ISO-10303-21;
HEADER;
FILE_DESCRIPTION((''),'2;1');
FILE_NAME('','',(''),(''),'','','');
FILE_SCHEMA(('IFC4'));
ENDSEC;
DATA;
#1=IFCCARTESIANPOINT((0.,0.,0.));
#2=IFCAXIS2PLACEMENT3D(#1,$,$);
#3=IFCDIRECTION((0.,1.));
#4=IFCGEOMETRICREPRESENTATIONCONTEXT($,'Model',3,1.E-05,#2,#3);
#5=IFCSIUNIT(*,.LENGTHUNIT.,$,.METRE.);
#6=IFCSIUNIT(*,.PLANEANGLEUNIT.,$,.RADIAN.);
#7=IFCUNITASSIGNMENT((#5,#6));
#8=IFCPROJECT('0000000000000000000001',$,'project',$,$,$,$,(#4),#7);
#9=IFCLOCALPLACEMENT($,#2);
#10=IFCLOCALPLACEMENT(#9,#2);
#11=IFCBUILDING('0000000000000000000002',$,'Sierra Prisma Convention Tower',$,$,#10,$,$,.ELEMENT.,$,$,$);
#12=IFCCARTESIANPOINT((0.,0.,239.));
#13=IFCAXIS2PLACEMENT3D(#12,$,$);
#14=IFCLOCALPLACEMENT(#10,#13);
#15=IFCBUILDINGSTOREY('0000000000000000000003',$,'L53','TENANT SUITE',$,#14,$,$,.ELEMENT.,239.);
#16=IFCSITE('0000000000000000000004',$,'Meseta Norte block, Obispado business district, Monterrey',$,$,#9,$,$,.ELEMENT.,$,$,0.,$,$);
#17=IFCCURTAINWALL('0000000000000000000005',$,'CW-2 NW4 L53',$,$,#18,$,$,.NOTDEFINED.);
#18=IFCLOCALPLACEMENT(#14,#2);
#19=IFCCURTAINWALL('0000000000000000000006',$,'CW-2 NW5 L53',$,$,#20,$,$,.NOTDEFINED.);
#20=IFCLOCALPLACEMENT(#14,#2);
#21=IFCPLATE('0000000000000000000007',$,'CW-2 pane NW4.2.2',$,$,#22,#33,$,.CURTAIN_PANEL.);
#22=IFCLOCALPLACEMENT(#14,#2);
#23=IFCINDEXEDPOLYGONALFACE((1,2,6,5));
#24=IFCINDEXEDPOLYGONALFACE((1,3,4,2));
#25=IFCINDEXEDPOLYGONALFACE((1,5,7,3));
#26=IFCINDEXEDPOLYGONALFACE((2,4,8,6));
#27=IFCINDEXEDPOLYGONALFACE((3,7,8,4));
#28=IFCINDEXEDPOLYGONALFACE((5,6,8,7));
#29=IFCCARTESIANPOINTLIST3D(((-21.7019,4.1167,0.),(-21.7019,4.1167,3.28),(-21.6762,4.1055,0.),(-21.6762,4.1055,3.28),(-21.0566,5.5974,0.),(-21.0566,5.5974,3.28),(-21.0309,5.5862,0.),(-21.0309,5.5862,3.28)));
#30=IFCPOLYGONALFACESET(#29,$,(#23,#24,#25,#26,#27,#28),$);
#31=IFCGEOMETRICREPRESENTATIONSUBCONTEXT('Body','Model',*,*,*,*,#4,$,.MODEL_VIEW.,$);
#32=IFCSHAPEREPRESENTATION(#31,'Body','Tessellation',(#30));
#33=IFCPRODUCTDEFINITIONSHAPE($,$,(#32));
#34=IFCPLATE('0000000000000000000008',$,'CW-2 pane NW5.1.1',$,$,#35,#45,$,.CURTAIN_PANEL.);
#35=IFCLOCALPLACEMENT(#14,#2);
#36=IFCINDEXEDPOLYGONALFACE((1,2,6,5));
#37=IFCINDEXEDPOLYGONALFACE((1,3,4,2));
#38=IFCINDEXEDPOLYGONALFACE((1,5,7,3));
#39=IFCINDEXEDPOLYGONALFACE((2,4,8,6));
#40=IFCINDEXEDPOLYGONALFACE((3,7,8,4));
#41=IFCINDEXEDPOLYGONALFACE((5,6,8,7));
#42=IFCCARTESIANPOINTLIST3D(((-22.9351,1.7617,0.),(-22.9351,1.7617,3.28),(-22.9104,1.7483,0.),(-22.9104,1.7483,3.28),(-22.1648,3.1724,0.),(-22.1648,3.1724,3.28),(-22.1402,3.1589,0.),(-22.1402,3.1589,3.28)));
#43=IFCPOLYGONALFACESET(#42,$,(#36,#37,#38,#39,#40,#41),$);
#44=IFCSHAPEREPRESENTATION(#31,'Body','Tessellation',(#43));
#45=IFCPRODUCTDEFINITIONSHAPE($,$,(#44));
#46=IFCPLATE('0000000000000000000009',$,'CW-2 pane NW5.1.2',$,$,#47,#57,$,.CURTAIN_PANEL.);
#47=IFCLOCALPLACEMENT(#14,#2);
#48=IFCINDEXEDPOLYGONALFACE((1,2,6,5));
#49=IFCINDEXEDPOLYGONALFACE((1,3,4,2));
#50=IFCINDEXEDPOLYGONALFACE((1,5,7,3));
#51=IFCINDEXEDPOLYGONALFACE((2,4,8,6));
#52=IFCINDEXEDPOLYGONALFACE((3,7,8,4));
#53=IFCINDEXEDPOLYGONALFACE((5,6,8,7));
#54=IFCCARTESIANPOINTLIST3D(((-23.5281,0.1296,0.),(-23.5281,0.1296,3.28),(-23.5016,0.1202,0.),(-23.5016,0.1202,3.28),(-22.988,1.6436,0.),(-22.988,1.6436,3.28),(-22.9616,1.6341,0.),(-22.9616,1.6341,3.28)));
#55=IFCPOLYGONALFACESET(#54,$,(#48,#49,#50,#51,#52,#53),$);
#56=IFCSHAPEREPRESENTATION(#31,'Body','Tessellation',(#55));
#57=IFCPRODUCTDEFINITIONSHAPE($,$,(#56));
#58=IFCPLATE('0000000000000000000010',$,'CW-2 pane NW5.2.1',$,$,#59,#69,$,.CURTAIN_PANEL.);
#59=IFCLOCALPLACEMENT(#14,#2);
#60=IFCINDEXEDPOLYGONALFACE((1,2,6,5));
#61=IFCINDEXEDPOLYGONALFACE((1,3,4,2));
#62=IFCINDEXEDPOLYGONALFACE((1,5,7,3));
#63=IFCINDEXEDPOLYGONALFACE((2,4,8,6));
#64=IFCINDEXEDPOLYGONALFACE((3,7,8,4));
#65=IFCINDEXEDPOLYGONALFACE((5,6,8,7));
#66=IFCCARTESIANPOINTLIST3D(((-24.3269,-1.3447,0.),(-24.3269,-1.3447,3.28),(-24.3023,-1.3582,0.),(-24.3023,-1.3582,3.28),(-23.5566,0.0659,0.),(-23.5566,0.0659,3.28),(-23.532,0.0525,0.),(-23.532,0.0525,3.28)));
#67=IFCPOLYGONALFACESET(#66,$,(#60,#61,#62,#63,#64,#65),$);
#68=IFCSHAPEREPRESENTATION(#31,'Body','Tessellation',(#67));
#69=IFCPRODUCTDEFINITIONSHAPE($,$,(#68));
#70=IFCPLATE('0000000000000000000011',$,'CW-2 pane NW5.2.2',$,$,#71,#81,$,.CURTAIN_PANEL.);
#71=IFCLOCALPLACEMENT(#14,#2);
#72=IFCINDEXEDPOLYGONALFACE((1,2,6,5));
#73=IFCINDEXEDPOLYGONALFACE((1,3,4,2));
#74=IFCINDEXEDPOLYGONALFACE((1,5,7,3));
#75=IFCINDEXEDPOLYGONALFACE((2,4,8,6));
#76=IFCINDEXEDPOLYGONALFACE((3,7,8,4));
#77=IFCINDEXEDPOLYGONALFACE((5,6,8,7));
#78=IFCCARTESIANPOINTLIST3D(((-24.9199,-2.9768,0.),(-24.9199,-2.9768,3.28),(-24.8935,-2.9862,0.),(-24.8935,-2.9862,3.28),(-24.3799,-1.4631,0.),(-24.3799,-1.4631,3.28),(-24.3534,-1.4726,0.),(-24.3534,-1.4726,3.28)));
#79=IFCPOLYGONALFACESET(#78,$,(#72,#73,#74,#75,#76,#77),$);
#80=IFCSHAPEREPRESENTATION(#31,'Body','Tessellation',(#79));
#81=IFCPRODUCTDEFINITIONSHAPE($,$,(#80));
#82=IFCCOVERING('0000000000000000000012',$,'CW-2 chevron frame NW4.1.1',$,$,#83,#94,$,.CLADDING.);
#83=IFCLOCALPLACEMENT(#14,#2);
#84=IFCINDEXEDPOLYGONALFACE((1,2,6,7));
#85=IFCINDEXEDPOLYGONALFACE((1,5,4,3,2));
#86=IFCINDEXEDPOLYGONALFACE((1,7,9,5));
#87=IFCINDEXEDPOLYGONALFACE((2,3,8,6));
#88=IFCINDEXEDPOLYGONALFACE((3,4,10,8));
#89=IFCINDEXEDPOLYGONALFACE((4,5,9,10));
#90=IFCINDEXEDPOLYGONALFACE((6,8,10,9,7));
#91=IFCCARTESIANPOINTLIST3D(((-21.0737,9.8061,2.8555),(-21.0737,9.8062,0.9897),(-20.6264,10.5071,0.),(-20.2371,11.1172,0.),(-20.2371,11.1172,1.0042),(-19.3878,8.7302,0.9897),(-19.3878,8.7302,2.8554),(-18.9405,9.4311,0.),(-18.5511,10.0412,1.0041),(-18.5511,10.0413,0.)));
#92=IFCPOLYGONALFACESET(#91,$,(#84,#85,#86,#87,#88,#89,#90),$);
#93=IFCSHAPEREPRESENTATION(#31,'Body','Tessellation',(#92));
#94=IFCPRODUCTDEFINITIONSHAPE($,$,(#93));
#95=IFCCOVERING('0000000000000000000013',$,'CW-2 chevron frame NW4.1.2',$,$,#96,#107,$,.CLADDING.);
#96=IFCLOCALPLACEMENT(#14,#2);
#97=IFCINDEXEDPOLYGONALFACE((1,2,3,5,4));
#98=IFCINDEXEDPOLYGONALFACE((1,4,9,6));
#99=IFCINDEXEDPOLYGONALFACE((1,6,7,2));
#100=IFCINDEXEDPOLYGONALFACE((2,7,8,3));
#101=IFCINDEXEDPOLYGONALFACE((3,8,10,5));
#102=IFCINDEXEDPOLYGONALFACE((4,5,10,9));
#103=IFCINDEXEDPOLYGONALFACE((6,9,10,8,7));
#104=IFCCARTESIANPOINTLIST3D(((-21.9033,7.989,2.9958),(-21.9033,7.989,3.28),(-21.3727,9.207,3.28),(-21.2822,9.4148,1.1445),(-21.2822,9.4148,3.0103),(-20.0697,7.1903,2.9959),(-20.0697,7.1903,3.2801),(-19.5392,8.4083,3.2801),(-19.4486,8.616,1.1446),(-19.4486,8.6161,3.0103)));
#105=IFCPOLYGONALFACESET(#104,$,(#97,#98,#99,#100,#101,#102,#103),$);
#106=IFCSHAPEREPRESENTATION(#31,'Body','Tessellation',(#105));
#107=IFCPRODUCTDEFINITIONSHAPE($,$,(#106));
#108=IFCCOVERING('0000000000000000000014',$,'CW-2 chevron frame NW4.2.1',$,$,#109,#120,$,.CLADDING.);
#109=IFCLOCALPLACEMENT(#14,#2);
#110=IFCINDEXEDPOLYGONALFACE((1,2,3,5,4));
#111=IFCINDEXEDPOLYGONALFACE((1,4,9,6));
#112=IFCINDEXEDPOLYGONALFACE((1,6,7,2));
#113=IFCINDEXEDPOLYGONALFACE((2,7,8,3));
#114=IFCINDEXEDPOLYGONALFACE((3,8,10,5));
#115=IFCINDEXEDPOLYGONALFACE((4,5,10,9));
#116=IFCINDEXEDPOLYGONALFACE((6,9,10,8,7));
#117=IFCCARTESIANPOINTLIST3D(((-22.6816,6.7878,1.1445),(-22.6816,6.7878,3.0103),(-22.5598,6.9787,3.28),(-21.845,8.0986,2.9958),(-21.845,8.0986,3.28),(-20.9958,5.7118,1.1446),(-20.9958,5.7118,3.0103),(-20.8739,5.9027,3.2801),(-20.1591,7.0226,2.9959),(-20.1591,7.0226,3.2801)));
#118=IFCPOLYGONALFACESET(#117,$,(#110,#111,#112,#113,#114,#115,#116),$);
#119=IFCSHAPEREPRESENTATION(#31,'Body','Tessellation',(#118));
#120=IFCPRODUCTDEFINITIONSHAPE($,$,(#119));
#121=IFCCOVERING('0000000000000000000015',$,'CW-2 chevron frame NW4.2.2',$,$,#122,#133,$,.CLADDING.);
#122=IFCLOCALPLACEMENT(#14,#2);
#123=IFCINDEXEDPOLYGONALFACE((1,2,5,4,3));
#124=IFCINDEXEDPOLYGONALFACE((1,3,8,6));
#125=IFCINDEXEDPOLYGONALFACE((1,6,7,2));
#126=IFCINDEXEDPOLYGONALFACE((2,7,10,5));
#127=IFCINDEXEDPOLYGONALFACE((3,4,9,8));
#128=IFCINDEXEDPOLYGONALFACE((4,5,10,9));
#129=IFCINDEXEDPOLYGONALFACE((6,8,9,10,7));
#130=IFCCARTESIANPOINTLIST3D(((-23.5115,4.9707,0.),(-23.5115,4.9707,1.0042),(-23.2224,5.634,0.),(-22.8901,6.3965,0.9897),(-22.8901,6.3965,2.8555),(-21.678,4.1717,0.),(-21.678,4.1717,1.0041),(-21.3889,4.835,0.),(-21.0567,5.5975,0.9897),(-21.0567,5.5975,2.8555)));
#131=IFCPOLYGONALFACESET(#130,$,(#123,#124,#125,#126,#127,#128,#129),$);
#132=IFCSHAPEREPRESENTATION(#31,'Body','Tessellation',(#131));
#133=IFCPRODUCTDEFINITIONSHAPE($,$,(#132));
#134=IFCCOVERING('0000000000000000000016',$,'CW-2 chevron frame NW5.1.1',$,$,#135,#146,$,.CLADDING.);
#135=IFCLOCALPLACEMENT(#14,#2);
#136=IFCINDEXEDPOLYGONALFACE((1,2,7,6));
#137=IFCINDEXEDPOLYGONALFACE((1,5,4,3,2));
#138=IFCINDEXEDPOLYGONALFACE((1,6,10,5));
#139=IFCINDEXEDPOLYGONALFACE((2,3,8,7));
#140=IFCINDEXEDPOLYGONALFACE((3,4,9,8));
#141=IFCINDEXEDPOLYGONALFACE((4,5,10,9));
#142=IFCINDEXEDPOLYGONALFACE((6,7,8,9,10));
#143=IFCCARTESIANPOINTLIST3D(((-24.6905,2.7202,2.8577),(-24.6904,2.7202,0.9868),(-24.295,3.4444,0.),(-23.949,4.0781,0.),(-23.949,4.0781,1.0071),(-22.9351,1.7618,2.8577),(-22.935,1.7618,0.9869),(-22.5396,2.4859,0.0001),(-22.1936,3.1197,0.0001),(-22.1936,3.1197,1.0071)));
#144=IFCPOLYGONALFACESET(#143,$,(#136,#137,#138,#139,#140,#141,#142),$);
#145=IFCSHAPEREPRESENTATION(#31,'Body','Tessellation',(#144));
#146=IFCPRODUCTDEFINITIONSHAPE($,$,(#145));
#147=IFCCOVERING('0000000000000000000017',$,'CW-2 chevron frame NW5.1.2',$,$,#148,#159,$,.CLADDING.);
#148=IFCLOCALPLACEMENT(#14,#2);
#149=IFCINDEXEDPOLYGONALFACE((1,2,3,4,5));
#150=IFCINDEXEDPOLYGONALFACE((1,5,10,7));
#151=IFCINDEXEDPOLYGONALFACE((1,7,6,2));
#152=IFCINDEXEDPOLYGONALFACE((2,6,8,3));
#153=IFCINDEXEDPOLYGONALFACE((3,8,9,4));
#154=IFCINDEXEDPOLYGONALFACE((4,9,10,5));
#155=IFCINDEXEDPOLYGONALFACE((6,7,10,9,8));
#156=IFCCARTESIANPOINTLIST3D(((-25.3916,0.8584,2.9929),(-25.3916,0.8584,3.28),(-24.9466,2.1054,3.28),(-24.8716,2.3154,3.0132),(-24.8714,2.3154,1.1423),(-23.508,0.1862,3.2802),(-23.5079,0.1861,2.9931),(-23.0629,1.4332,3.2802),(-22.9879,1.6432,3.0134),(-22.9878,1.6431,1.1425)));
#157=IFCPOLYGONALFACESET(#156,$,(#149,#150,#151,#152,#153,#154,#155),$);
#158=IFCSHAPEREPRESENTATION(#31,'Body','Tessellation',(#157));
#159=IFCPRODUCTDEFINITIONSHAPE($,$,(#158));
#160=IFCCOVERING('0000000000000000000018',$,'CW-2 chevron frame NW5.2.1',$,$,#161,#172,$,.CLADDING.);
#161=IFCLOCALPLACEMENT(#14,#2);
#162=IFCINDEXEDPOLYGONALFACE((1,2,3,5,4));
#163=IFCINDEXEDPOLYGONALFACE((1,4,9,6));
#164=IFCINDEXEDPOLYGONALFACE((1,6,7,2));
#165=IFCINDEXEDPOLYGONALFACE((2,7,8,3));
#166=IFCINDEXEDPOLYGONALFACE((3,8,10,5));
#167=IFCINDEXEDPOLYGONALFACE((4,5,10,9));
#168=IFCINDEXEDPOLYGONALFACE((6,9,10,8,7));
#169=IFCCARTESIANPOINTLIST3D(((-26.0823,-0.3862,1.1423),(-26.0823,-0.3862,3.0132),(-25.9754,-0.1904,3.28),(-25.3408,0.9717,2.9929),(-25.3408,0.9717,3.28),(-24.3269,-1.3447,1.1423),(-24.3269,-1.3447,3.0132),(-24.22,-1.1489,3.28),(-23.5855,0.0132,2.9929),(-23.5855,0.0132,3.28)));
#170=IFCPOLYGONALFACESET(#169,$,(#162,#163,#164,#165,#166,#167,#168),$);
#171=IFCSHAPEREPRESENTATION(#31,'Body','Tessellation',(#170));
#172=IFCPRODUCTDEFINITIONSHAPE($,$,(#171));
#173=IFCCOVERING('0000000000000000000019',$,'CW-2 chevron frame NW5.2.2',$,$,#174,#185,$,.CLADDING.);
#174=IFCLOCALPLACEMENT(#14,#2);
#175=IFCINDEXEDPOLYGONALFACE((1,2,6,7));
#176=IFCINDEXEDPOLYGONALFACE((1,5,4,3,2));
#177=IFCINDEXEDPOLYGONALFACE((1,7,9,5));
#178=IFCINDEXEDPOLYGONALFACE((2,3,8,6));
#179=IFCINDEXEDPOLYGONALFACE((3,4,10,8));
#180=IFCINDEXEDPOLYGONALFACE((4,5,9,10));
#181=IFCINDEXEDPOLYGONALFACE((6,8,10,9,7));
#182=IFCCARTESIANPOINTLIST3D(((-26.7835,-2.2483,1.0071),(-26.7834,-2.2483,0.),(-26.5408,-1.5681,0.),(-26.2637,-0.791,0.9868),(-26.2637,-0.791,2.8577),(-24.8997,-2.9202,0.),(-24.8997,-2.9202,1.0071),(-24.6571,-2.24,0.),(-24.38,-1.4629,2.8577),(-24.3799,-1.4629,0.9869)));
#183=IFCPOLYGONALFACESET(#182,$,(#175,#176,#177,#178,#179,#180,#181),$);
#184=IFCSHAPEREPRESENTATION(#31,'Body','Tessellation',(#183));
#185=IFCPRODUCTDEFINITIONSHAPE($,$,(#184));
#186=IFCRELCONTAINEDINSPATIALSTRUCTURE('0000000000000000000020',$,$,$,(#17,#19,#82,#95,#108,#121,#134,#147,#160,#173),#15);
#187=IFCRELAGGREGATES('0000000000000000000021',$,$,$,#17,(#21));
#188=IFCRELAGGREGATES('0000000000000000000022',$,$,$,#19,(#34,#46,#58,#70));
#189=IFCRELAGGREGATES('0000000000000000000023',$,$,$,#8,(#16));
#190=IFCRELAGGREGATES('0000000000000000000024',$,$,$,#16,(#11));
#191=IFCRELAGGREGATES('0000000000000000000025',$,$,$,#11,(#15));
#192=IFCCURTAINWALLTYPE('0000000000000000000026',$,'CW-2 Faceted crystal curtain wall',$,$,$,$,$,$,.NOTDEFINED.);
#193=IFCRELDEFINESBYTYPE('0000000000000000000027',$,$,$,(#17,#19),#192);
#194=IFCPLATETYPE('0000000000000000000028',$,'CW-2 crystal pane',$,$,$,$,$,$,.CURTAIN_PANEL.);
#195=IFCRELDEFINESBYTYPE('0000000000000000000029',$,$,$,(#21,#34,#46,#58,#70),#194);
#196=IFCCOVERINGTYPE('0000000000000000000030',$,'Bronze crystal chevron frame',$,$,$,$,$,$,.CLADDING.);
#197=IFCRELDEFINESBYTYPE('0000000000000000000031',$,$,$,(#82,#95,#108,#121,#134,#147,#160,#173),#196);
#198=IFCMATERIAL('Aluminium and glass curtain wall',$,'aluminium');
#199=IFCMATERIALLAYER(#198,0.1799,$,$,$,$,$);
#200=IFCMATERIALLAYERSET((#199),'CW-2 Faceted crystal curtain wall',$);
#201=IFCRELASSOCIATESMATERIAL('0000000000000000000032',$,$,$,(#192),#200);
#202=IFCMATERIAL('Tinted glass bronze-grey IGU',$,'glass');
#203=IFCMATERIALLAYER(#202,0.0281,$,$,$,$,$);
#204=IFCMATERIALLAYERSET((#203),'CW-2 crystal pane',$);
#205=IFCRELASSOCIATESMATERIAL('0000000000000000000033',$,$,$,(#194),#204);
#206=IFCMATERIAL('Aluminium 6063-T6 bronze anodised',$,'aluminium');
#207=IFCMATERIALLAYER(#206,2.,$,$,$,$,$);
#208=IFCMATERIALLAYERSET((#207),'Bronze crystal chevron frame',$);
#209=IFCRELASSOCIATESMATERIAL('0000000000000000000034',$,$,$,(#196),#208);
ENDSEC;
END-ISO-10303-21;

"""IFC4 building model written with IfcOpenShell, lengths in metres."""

from ifc_helpers import new_model, si_unit, direction, frame, origin, place, context, subcontext, project, spatial, polyline, outline, extrude, material, layer, layer_set, type_object, element, aggregate, save


model = new_model("IFC4")

# Units and contexts
model_context = context("Model", 3, precision=1e-05, world=origin(), true_north=direction((0.0, 1.0)))
body_context = subcontext(model_context, "Body", "Model", "MODEL_VIEW")
ifc_project = project(units=[si_unit("LENGTHUNIT", "METRE"), si_unit("PLANEANGLEUNIT", "RADIAN")], contexts=[model_context])

# Site, building, storey
site_placement = place(None, origin())
site = spatial("IfcSite", under=ifc_project, at=site_placement, Name="Meseta Norte block, Obispado business district, Monterrey", CompositionType="ELEMENT", RefElevation=0.0)
building_placement = place(site_placement, origin())
building = spatial("IfcBuilding", under=site, at=building_placement, Name="Sierra Prisma Convention Tower", CompositionType="ELEMENT")
storey_placement = place(building_placement, frame((0.0, 0.0, 239.0)))
storey = spatial("IfcBuildingStorey", under=building, at=storey_placement, Name="L53", Description="TENANT SUITE", CompositionType="ELEMENT", Elevation=239.0)

# Curtain walls
ifc_material_1 = material(Name="Aluminium and glass curtain wall", Category="aluminium")
ifc_layer_1 = layer(ifc_material_1, 0.1799)
ifc_layer_set_1 = layer_set([ifc_layer_1], Name="CW-2 Faceted crystal curtain wall")
curtain_wall_type = type_object("IfcCurtainWallType", Name="CW-2 Faceted crystal curtain wall", PredefinedType="NOTDEFINED", material=ifc_layer_set_1)
curtain_wall_1_placement = place(storey_placement, origin())
curtain_wall_1 = element("IfcCurtainWall", 1, at=curtain_wall_1_placement, inside=storey, type_object=curtain_wall_type, Name="CW-2 NW4 L53", PredefinedType="NOTDEFINED")
curtain_wall_2_placement = place(storey_placement, origin())
curtain_wall_2 = element("IfcCurtainWall", 2, at=curtain_wall_2_placement, inside=storey, type_object=curtain_wall_type, Name="CW-2 NW5 L53", PredefinedType="NOTDEFINED")

# Shared definitions
ifc_material_2 = material(Name="Tinted glass bronze-grey IGU", Category="glass")
ifc_layer_2 = layer(ifc_material_2, 0.0281)
ifc_layer_set_2 = layer_set([ifc_layer_2], Name="CW-2 crystal pane")
plate_type = type_object("IfcPlateType", Name="CW-2 crystal pane", PredefinedType="CURTAIN_PANEL", material=ifc_layer_set_2)

# Plates
plate_1_placement = place(storey_placement, frame((-21.7019, 4.1167, 0.0), z_axis=(-0.916736, 0.399494, 0.0), x_axis=(0.399494, 0.916736, 0.0)))
plate_1 = element("IfcPlate", 3, at=plate_1_placement, type_object=plate_type, Name="CW-2 pane NW4.2.2", PredefinedType="CURTAIN_PANEL", context=body_context, shape_type="SweptSolid", body=[
    extrude(outline(polyline([(0.0, 0.0), (1.6152, 0.0), (1.6152, -3.28), (0.0, -3.28), (0.0, 0.0)])), origin(), (0.0, 0.0, -1.0), 0.0281),
])
aggregate(curtain_wall_1, [plate_1])
plate_2_placement = place(storey_placement, frame((-22.1648, 3.1724, 0.0), z_axis=(-0.877681, 0.479246, 0.0), x_axis=(-0.479246, -0.877681, 0.0)))
plate_2 = element("IfcPlate", 4, at=plate_2_placement, type_object=plate_type, Name="CW-2 pane NW5.1.1", PredefinedType="CURTAIN_PANEL", context=body_context, shape_type="SweptSolid", body=[
    extrude(outline(polyline([(0.0, 0.0), (1.6072, 0.0), (1.6072, 3.28), (0.0, 3.28), (0.0, 0.0)])), origin(), (0.0, 0.0, -1.0), 0.0281),
])
plate_3_placement = place(storey_placement, frame((-23.5281, 0.1296, 0.0), z_axis=(-0.941869, 0.33598, 0.0), x_axis=(0.33598, 0.941869, 0.0)))
plate_3 = element("IfcPlate", 5, at=plate_3_placement, type_object=plate_type, Name="CW-2 pane NW5.1.2", PredefinedType="CURTAIN_PANEL", context=body_context, shape_type="SweptSolid", body=[
    extrude(outline(polyline([(0.0, 0.0), (1.6074, 0.0), (1.6074, -3.28), (0.0, -3.28), (0.0, 0.0)])), origin(), (0.0, 0.0, -1.0), 0.0281),
])
plate_4_placement = place(storey_placement, frame((-23.5566, 0.0659, 0.0), z_axis=(-0.877681, 0.479246, 0.0), x_axis=(-0.479246, -0.877681, 0.0)))
plate_4 = element("IfcPlate", 6, at=plate_4_placement, type_object=plate_type, Name="CW-2 pane NW5.2.1", PredefinedType="CURTAIN_PANEL", context=body_context, shape_type="SweptSolid", body=[
    extrude(outline(polyline([(0.0, 0.0), (1.6072, 0.0), (1.6072, 3.28), (0.0, 3.28), (0.0, 0.0)])), origin(), (0.0, 0.0, -1.0), 0.0281),
])
plate_5_placement = place(storey_placement, frame((-24.9199, -2.9768, 0.0), z_axis=(-0.941852, 0.336028, 0.0), x_axis=(0.336028, 0.941852, 0.0)))
plate_5 = element("IfcPlate", 7, at=plate_5_placement, type_object=plate_type, Name="CW-2 pane NW5.2.2", PredefinedType="CURTAIN_PANEL", context=body_context, shape_type="SweptSolid", body=[
    extrude(outline(polyline([(0.0, 0.0), (1.6071, 0.0), (1.6071, -3.28), (0.0, -3.28), (0.0, 0.0)])), origin(), (0.0, 0.0, -1.0), 0.0281),
])
aggregate(curtain_wall_2, [plate_2, plate_3, plate_4, plate_5])

# Coverings
ifc_material_3 = material(Name="Aluminium 6063-T6 bronze anodised", Category="aluminium")
ifc_layer_3 = layer(ifc_material_3, 2.0)
ifc_layer_set_3 = layer_set([ifc_layer_3], Name="Bronze crystal chevron frame")
covering_type = type_object("IfcCoveringType", Name="Bronze crystal chevron frame", PredefinedType="CLADDING", material=ifc_layer_set_3)
covering_1_placement = place(storey_placement, frame((-20.2371, 11.1172, 0.0), z_axis=(-0.842965, 0.537969, 0.000012), x_axis=(-0.537969, -0.842965, 0.0)))
element("IfcCovering", 8, at=covering_1_placement, inside=storey, type_object=covering_type, Name="CW-2 chevron frame NW4.1.1", PredefinedType="CLADDING", context=body_context, shape_type="SweptSolid", body=[
    extrude(outline(polyline([(0.0, 0.0), (0.7238, 0.0), (1.5553, 0.9897), (1.5553, 2.8555), (0.0, 1.0042), (0.0, 0.0)])), origin(), (0.0, 0.0, -1.0), 2.0),
])
covering_2_placement = place(storey_placement, frame((-21.2822, 9.4148, 3.0103), z_axis=(-0.916792, 0.399365, -0.000027), x_axis=(0.000025, -0.000011, -1.0)))
element("IfcCovering", 9, at=covering_2_placement, inside=storey, type_object=covering_type, Name="CW-2 chevron frame NW4.1.2", PredefinedType="CLADDING", context=body_context, shape_type="SweptSolid", body=[
    extrude(outline(polyline([(0.0, 0.0), (1.8657, 0.0), (0.0144, 1.5552), (-0.2698, 1.5552), (-0.2698, 0.2266), (0.0, 0.0)])), origin(), (0.0, 0.0, -1.0), 2.0),
])
covering_3_placement = place(storey_placement, frame((-21.845, 8.0986, 3.28), z_axis=(-0.842923, 0.538035, -0.000013), x_axis=(0.000011, -0.000007, -1.0)))
element("IfcCovering", 10, at=covering_3_placement, inside=storey, type_object=covering_type, Name="CW-2 chevron frame NW4.2.1", PredefinedType="CLADDING", context=body_context, shape_type="SweptSolid", body=[
    extrude(outline(polyline([(0.0, 0.0), (0.2842, 0.0), (2.1355, 1.5551), (0.2698, 1.5551), (0.0, 1.3286), (0.0, 0.0)])), origin(), (0.0, 0.0, -1.0), 2.0),
])
covering_4_placement = place(storey_placement, frame((-23.5115, 4.9707, 0.0), z_axis=(-0.916733, 0.399499, 0.000002), x_axis=(0.000002, -0.000001, 1.0)))
element("IfcCovering", 11, at=covering_4_placement, inside=storey, type_object=covering_type, Name="CW-2 chevron frame NW4.2.2", PredefinedType="CLADDING", context=body_context, shape_type="SweptSolid", body=[
    extrude(outline(polyline([(0.0, 0.0), (1.0042, 0.0), (2.8555, 1.5553), (0.9897, 1.5553), (0.0, 0.7236), (0.0, 0.0)])), origin(), (0.0, 0.0, -1.0), 2.0),
])
covering_5_placement = place(storey_placement, frame((-23.949, 4.0781, 0.0), z_axis=(-0.877694, 0.479222, -0.000031), x_axis=(-0.479222, -0.877694, 0.0)))
element("IfcCovering", 12, at=covering_5_placement, inside=storey, type_object=covering_type, Name="CW-2 chevron frame NW5.1.1", PredefinedType="CLADDING", context=body_context, shape_type="SweptSolid", body=[
    extrude(outline(polyline([(0.0, 0.0), (0.7221, 0.0), (1.5472, 0.9868), (1.5472, 2.8577), (0.0, 1.0071), (0.0, 0.0)])), origin(), (0.0, 0.0, -1.0), 2.0),
])
covering_6_placement = place(storey_placement, frame((-24.8716, 2.3154, 3.0132), z_axis=(-0.941819, 0.33612, -0.000102), x_axis=(0.000096, -0.000034, -1.0)))
element("IfcCovering", 13, at=covering_6_placement, inside=storey, type_object=covering_type, Name="CW-2 chevron frame NW5.1.2", PredefinedType="CLADDING", context=body_context, shape_type="SweptSolid", body=[
    extrude(outline(polyline([(0.0, 0.0), (1.8708, 0.0), (0.0203, 1.547), (-0.2668, 1.547), (-0.2668, 0.223), (0.0, 0.0)])), origin(), (0.0, 0.0, -1.0), 2.0),
])
covering_7_placement = place(storey_placement, frame((-25.3408, 0.9717, 3.28), z_axis=(-0.877685, 0.479238, 0.000008), x_axis=(-0.000007, 0.000004, -1.0)))
element("IfcCovering", 14, at=covering_7_placement, inside=storey, type_object=covering_type, Name="CW-2 chevron frame NW5.2.1", PredefinedType="CLADDING", context=body_context, shape_type="SweptSolid", body=[
    extrude(outline(polyline([(0.0, 0.0), (0.2871, 0.0), (2.1377, 1.5472), (0.2668, 1.5472), (0.0, 1.3241), (0.0, 0.0)])), origin(), (0.0, 0.0, -1.0), 2.0),
])
covering_8_placement = place(storey_placement, frame((-26.7834, -2.2483, 0.0), z_axis=(-0.941877, 0.335959, -0.000021), x_axis=(-0.000019, 0.000007, 1.0)))
element("IfcCovering", 15, at=covering_8_placement, inside=storey, type_object=covering_type, Name="CW-2 chevron frame NW5.2.2", PredefinedType="CLADDING", context=body_context, shape_type="SweptSolid", body=[
    extrude(outline(polyline([(0.0, 0.0), (1.0071, 0.0), (2.8577, 1.5472), (0.9868, 1.5472), (0.0, 0.7222), (0.0, 0.0)])), origin(), (0.0, 0.0, -1.0), 2.0),
])

save(model, "model.ifc")
